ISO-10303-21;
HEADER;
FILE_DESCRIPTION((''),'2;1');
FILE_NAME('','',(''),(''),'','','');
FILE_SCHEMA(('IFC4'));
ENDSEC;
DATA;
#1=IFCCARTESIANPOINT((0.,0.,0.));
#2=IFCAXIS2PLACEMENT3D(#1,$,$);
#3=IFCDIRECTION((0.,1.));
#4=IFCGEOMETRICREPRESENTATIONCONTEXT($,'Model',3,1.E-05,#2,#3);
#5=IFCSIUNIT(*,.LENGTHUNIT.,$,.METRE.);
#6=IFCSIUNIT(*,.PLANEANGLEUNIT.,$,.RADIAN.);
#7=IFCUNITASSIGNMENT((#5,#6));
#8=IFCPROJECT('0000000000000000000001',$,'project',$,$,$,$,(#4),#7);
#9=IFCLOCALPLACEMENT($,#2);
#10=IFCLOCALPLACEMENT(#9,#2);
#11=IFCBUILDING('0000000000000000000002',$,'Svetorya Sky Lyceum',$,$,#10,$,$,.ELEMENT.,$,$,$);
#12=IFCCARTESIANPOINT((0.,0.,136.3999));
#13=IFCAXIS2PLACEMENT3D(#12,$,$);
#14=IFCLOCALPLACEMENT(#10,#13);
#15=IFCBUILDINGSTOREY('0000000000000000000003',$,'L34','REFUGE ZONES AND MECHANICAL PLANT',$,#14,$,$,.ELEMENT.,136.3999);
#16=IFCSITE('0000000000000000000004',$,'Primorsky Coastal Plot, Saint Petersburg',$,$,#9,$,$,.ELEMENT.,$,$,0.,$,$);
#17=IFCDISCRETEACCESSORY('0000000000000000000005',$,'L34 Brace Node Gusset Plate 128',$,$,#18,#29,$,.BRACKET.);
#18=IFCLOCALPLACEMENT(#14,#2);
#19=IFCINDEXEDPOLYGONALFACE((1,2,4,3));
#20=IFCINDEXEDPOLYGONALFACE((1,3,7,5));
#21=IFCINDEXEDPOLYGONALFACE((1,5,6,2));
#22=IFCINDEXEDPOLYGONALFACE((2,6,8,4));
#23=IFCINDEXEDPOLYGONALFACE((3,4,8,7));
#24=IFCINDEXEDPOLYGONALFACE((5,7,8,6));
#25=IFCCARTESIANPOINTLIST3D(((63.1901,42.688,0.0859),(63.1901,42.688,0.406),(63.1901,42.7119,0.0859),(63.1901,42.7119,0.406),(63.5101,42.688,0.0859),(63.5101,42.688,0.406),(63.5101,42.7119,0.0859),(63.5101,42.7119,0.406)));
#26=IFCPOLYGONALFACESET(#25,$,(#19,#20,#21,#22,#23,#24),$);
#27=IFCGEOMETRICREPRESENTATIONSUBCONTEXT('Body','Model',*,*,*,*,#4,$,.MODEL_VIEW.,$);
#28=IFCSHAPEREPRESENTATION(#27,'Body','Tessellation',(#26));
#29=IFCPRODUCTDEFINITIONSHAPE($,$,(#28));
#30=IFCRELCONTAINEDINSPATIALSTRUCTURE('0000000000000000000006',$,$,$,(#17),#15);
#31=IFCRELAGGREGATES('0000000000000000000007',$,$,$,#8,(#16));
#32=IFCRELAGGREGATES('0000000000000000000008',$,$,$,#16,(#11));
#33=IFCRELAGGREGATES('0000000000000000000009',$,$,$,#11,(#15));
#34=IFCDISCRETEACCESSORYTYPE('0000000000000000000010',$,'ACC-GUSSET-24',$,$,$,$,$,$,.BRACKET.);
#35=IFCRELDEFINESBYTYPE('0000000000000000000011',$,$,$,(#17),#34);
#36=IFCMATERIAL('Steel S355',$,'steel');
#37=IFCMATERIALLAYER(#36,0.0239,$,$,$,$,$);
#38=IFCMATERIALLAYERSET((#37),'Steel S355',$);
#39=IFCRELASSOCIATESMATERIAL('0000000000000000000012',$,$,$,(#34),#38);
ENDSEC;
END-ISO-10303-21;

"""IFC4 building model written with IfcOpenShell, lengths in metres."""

from ifc_helpers import new_model, si_unit, direction, frame, origin, origin_2d, place, context, subcontext, project, spatial, rectangle, extrude, material, layer, layer_set, type_object, element, save


model = new_model("IFC4")

# Units and contexts
model_context = context("Model", 3, precision=1e-05, world=origin(), true_north=direction((0.0, 1.0)))
body_context = subcontext(model_context, "Body", "Model", "MODEL_VIEW")
ifc_project = project(units=[si_unit("LENGTHUNIT", "METRE"), si_unit("PLANEANGLEUNIT", "RADIAN")], contexts=[model_context])

# Site, building, storey
site_placement = place(None, origin())
site = spatial("IfcSite", under=ifc_project, at=site_placement, Name="Primorsky Coastal Plot, Saint Petersburg", CompositionType="ELEMENT", RefElevation=0.0)
building_placement = place(site_placement, origin())
building = spatial("IfcBuilding", under=site, at=building_placement, Name="Svetorya Sky Lyceum", CompositionType="ELEMENT")
storey_placement = place(building_placement, frame((0.0, 0.0, 136.3999)))
storey = spatial("IfcBuildingStorey", under=building, at=storey_placement, Name="L34", Description="REFUGE ZONES AND MECHANICAL PLANT", CompositionType="ELEMENT", Elevation=136.3999)

# Shared definitions
ifc_material_1 = material(Name="Steel S355", Category="steel")

# Discrete accessory
ifc_layer_1 = layer(ifc_material_1, 0.0239)
ifc_layer_set_1 = layer_set([ifc_layer_1], Name="Steel S355")
discrete_accessory_type = type_object("IfcDiscreteAccessoryType", Name="ACC-GUSSET-24", PredefinedType="BRACKET", material=ifc_layer_set_1)
discrete_accessory_placement = place(storey_placement, frame((63.3501, 42.7, 0.0859), z_axis=(0.0, 0.0, 1.0), x_axis=(1.0, 0.0, 0.0)))
element("IfcDiscreteAccessory", 1, at=discrete_accessory_placement, inside=storey, type_object=discrete_accessory_type, Name="L34 Brace Node Gusset Plate 128", PredefinedType="BRACKET", context=body_context, shape_type="SweptSolid", body=[
    extrude(rectangle(XDim=0.3201, YDim=0.0239, at=origin_2d()), origin(), (0.0, 0.0, 1.0), 0.3201),
])

save(model, "model.ifc")
